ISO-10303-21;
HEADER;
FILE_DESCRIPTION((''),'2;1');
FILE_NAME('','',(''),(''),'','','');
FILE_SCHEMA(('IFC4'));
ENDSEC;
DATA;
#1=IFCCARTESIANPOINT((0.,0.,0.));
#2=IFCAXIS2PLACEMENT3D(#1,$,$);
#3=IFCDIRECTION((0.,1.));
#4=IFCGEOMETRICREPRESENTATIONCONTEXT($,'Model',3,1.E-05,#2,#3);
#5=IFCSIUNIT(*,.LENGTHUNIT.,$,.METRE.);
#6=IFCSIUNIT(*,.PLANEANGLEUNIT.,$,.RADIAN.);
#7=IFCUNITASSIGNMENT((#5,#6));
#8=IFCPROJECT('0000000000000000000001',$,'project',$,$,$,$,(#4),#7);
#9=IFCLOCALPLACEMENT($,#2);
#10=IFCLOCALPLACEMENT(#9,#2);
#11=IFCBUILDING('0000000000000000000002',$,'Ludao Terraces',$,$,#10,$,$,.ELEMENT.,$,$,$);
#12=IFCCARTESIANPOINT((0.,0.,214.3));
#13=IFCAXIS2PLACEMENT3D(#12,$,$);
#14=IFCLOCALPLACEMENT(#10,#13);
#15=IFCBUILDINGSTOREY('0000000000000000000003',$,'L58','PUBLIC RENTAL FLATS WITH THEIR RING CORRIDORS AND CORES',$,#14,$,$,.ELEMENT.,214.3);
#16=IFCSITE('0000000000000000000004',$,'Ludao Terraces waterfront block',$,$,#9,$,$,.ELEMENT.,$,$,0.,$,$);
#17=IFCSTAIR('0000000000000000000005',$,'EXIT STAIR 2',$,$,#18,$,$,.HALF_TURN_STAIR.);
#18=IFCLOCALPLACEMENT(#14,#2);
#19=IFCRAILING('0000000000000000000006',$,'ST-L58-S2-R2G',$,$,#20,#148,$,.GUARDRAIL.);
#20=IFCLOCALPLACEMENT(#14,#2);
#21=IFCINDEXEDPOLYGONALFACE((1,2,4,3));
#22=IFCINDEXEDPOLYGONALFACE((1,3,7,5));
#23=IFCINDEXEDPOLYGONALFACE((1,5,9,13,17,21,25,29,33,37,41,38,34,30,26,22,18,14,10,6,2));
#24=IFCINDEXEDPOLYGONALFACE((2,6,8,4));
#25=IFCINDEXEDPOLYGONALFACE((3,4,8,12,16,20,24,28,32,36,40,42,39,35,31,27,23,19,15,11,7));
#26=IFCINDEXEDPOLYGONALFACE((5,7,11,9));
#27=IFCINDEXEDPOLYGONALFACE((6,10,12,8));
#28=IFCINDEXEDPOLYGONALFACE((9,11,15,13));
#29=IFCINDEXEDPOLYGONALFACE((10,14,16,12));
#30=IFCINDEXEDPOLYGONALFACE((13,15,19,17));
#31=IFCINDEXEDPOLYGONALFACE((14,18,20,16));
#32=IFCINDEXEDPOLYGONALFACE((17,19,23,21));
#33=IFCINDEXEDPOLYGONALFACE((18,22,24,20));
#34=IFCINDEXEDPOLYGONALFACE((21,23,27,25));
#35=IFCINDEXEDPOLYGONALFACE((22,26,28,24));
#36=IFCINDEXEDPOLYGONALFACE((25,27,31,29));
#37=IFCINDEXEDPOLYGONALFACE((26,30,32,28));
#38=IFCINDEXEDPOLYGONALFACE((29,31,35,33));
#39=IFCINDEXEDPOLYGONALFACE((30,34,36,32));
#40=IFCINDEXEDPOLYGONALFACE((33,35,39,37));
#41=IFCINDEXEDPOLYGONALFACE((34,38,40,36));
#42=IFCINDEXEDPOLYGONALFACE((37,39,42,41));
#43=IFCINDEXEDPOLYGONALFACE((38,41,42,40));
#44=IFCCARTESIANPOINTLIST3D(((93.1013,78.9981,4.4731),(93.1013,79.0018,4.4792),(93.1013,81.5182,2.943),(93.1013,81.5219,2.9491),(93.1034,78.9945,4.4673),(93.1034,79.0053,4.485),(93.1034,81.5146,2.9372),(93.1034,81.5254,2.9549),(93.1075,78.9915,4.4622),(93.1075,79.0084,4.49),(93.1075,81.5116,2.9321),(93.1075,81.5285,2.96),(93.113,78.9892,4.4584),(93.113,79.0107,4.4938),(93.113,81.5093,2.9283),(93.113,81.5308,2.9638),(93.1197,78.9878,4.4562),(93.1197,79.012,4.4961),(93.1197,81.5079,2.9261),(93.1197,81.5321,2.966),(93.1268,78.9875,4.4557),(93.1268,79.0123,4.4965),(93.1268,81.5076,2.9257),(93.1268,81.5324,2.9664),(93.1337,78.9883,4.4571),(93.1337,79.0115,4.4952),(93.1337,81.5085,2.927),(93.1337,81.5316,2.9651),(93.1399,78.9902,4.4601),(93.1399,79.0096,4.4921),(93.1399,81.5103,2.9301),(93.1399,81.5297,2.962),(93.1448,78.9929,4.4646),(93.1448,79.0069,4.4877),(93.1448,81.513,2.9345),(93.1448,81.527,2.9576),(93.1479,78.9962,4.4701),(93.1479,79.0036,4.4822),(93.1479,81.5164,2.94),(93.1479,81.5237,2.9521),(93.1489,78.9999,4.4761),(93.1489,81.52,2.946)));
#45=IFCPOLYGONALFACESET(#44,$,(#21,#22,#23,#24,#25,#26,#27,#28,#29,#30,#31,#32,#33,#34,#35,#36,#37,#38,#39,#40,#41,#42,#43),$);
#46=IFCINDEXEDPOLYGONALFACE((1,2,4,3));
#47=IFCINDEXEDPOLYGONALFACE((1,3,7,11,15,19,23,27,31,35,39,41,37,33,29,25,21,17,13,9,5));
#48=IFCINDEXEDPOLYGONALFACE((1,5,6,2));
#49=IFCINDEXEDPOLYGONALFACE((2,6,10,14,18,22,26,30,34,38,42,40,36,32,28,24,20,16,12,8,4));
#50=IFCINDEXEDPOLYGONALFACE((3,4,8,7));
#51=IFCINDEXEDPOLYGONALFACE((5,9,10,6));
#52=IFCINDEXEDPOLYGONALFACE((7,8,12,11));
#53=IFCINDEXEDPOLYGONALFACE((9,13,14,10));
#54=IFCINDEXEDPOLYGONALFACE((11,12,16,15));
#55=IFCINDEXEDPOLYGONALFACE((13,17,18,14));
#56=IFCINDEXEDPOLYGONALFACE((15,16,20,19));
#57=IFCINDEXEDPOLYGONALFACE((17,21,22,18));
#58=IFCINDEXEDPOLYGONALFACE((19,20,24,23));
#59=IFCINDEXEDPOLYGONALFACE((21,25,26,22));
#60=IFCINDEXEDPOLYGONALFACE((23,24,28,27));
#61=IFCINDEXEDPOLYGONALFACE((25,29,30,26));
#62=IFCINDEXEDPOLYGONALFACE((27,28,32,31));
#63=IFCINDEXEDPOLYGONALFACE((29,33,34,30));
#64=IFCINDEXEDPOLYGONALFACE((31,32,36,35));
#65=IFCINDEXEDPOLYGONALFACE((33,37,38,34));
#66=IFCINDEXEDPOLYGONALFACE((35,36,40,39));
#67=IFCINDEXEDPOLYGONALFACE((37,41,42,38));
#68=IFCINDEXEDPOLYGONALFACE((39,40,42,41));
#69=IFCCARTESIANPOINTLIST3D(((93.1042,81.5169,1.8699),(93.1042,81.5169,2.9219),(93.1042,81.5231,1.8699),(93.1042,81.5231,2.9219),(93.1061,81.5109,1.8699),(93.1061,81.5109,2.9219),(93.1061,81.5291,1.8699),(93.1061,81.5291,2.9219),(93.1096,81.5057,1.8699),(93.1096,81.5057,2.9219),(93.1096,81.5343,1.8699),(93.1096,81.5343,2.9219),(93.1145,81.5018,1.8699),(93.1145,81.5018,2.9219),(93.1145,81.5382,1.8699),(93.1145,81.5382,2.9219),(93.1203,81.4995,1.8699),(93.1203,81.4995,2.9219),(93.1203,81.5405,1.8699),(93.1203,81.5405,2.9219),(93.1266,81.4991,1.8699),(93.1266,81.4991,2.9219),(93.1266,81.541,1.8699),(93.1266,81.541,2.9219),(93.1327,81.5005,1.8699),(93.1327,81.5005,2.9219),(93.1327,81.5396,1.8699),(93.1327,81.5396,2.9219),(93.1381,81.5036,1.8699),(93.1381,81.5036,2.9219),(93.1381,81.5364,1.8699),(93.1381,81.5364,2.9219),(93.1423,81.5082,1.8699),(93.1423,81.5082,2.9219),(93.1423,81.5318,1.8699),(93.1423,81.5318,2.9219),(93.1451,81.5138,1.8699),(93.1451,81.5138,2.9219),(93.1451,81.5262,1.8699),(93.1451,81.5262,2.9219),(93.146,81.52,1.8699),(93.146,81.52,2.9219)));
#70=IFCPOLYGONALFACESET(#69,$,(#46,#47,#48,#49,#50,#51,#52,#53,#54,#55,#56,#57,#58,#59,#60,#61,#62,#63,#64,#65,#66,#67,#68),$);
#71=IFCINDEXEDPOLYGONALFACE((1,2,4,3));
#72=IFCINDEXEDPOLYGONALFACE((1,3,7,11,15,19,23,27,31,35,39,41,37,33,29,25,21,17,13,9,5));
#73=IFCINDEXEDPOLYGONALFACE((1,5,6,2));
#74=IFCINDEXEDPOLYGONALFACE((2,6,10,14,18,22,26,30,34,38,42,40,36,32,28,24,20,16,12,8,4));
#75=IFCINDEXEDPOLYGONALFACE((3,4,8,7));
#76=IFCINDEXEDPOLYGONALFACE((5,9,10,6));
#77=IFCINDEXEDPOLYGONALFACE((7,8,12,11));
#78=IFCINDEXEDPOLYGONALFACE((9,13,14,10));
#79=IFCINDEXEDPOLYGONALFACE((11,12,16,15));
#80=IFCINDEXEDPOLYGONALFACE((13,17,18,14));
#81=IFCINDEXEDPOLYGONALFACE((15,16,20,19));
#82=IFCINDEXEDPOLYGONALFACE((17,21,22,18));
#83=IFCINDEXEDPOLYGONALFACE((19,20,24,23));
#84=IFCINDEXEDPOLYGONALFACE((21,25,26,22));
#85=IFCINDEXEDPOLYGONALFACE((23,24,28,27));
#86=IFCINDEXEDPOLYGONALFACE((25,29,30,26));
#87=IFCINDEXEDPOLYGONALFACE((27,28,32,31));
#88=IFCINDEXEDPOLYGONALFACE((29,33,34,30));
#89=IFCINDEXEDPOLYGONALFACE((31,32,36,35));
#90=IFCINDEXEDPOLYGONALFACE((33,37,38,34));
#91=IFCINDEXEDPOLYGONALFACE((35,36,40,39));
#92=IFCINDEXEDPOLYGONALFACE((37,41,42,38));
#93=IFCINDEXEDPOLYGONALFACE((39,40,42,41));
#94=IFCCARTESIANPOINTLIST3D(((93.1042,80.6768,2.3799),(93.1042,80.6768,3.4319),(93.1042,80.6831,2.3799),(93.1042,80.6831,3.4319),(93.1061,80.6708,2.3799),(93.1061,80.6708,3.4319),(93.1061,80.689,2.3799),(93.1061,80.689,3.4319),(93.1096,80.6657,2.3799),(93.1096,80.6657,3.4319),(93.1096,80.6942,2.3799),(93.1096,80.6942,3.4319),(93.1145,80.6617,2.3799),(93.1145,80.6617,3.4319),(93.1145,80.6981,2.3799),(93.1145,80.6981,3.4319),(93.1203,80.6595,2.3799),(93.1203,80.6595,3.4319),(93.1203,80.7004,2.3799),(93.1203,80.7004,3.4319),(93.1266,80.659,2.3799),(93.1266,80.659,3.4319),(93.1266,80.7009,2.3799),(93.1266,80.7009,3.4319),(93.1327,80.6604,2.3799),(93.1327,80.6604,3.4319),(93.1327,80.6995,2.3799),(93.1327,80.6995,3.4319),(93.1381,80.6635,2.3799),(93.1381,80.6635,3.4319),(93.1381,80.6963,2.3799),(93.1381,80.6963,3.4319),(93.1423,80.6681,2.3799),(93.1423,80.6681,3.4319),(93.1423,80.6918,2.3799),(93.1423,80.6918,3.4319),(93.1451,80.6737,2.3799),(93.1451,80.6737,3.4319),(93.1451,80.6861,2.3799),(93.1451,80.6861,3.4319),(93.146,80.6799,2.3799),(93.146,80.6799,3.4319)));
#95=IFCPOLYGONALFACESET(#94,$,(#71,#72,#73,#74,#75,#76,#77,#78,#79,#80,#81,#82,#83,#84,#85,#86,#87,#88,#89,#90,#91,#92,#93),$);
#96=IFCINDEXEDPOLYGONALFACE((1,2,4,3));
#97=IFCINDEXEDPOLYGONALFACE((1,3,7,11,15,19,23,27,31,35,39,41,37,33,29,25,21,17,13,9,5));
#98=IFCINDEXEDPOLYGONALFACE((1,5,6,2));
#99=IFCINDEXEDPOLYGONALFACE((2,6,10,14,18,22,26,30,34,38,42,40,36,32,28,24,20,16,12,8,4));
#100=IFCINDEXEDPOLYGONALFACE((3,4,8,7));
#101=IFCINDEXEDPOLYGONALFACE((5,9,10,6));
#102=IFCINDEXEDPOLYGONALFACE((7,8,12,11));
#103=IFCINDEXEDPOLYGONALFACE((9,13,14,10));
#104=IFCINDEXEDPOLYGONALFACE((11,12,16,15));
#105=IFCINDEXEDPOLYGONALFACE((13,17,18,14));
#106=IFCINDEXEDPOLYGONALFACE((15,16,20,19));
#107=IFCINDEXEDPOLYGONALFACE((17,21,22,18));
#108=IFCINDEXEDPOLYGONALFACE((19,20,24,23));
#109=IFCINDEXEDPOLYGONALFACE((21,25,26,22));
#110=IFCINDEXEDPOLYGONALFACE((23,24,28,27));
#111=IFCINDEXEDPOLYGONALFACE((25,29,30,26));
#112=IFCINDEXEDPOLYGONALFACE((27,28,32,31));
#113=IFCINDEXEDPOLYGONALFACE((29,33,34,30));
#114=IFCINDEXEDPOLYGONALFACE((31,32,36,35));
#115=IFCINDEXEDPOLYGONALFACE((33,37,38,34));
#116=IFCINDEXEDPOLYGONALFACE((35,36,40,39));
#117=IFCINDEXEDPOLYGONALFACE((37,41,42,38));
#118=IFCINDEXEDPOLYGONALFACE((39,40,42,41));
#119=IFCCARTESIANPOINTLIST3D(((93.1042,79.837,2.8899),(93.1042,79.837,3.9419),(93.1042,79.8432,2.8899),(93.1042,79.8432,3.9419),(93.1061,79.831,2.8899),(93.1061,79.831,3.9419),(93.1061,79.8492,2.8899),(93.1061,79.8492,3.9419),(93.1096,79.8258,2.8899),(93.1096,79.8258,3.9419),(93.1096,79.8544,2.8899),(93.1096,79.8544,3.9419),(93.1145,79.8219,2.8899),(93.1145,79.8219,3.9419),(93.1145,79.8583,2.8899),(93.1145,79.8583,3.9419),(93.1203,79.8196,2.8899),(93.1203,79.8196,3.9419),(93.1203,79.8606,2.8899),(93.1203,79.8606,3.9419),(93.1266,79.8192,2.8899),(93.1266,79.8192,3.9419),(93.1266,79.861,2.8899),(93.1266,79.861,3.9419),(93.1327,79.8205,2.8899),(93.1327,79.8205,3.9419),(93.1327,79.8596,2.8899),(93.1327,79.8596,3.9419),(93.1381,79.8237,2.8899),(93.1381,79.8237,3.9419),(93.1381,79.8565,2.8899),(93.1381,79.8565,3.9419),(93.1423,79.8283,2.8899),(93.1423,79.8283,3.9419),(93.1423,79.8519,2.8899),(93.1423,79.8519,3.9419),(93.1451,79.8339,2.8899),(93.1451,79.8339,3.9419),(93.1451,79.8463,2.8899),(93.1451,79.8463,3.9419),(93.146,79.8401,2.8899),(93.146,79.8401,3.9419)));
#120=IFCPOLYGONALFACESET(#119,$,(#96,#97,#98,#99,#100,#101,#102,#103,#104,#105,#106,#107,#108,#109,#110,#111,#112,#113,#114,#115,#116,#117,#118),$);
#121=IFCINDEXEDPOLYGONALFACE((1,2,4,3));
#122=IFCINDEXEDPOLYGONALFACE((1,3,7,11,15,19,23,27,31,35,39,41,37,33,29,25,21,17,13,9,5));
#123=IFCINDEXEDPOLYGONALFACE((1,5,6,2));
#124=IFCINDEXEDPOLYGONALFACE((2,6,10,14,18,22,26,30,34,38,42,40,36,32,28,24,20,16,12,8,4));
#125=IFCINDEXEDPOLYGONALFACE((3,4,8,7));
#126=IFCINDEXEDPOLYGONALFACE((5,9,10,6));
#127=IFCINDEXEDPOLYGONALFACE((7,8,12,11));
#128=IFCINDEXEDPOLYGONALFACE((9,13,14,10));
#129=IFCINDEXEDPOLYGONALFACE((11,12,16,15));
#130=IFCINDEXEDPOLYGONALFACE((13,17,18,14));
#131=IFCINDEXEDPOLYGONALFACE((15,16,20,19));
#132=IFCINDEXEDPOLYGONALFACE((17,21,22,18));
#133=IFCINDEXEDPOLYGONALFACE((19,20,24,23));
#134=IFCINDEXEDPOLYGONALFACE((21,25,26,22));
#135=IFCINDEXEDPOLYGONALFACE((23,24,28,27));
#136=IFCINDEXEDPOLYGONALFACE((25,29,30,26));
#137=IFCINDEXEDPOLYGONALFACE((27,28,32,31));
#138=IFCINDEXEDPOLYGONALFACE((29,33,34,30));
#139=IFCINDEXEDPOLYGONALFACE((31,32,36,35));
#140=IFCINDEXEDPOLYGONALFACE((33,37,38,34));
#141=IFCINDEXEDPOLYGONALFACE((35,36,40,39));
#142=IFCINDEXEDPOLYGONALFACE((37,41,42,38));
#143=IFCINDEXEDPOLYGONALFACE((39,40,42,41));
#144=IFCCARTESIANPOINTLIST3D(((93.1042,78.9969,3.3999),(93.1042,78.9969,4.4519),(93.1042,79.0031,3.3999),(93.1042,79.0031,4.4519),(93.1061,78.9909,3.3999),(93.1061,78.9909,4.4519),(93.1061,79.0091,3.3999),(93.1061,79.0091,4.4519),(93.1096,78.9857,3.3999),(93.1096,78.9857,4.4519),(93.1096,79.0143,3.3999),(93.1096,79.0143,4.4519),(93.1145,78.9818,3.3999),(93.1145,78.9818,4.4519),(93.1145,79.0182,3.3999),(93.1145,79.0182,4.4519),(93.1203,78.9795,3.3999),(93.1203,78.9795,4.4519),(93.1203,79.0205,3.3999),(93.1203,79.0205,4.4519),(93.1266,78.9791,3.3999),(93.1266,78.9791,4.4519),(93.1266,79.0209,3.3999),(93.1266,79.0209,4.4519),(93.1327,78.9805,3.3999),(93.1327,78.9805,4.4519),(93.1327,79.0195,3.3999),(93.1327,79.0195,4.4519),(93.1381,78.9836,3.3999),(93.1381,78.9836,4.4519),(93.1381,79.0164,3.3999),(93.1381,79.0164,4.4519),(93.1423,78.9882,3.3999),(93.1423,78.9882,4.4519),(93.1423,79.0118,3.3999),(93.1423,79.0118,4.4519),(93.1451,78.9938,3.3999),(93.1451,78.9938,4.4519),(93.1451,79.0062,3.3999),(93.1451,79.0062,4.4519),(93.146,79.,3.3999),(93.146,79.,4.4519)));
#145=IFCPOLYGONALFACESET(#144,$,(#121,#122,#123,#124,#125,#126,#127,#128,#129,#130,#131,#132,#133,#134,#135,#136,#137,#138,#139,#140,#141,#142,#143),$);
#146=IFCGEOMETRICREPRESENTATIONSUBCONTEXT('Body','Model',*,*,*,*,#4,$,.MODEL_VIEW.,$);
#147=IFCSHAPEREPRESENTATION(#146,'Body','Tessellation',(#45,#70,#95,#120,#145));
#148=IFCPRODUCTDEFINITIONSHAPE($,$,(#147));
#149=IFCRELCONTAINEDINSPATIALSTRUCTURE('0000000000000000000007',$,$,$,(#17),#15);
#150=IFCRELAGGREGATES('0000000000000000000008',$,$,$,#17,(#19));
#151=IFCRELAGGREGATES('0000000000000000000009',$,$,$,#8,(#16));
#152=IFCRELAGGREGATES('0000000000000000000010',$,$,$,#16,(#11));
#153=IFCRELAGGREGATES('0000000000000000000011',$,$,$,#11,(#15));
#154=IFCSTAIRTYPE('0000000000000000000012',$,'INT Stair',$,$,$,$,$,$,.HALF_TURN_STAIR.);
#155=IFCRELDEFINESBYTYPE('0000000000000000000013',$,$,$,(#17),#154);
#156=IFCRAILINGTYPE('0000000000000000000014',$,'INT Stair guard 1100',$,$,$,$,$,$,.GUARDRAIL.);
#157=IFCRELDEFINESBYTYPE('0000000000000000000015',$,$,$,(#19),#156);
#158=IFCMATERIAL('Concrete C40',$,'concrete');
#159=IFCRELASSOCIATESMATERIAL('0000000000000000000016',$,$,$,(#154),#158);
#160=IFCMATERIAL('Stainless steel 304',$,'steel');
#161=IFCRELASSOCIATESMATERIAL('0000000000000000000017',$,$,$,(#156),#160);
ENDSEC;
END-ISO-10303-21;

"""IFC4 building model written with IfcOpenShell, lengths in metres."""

from ifc_helpers import new_model, si_unit, direction, frame, origin, origin_2d, place, context, subcontext, project, spatial, circle, extrude, material, type_object, element, aggregate, save


model = new_model("IFC4")

# Units and contexts
model_context = context("Model", 3, precision=1e-05, world=origin(), true_north=direction((0.0, 1.0)))
body_context = subcontext(model_context, "Body", "Model", "MODEL_VIEW")
ifc_project = project(units=[si_unit("LENGTHUNIT", "METRE"), si_unit("PLANEANGLEUNIT", "RADIAN")], contexts=[model_context])

# Site, building, storey
site_placement = place(None, origin())
site = spatial("IfcSite", under=ifc_project, at=site_placement, Name="Ludao Terraces waterfront block", CompositionType="ELEMENT", RefElevation=0.0)
building_placement = place(site_placement, origin())
building = spatial("IfcBuilding", under=site, at=building_placement, Name="Ludao Terraces", CompositionType="ELEMENT")
storey_placement = place(building_placement, frame((0.0, 0.0, 214.3)))
storey = spatial("IfcBuildingStorey", under=building, at=storey_placement, Name="L58", Description="PUBLIC RENTAL FLATS WITH THEIR RING CORRIDORS AND CORES", CompositionType="ELEMENT", Elevation=214.3)

# Shared definitions
ifc_material_1 = material(Name="Stainless steel 304", Category="steel")

# Stair, railing
ifc_material_2 = material(Name="Concrete C40", Category="concrete")
stair_type = type_object("IfcStairType", Name="INT Stair", PredefinedType="HALF_TURN_STAIR", material=ifc_material_2)
stair_placement = place(storey_placement, origin())
stair = element("IfcStair", 1, at=stair_placement, inside=storey, type_object=stair_type, Name="EXIT STAIR 2", PredefinedType="HALF_TURN_STAIR")
railing_type_1 = type_object("IfcRailingType", Name="INT Stair guard 1100", PredefinedType="GUARDRAIL", material=ifc_material_1)
railing_1_placement = place(storey_placement, frame((93.125, 81.52, 1.8699)))
railing_1 = element("IfcRailing", 2, at=railing_1_placement, type_object=railing_type_1, Name="ST-L58-S2-R2G", PredefinedType="GUARDRAIL", context=body_context, shape_type="SweptSolid", body=[
    extrude(circle(Radius=0.0239, at=origin_2d()), frame((0.0, 0.0, 1.0762), z_axis=(0.0, -0.854785, 0.518982), x_axis=(1.0, 0.0, 0.0)), (0.0, 0.0, 1.0), 2.9482),
    extrude(circle(Radius=0.021, at=origin_2d()), origin(), (0.0, 0.0, 1.0), 1.052),
    extrude(circle(Radius=0.021, at=origin_2d()), frame((0.0, -0.8401, 0.51)), (0.0, 0.0, 1.0), 1.052),
    extrude(circle(Radius=0.021, at=origin_2d()), frame((0.0, -1.6799, 1.02)), (0.0, 0.0, 1.0), 1.052),
    extrude(circle(Radius=0.021, at=origin_2d()), frame((0.0, -2.52, 1.53)), (0.0, 0.0, 1.0), 1.052),
])
aggregate(stair, [railing_1])

save(model, "model.ifc")
